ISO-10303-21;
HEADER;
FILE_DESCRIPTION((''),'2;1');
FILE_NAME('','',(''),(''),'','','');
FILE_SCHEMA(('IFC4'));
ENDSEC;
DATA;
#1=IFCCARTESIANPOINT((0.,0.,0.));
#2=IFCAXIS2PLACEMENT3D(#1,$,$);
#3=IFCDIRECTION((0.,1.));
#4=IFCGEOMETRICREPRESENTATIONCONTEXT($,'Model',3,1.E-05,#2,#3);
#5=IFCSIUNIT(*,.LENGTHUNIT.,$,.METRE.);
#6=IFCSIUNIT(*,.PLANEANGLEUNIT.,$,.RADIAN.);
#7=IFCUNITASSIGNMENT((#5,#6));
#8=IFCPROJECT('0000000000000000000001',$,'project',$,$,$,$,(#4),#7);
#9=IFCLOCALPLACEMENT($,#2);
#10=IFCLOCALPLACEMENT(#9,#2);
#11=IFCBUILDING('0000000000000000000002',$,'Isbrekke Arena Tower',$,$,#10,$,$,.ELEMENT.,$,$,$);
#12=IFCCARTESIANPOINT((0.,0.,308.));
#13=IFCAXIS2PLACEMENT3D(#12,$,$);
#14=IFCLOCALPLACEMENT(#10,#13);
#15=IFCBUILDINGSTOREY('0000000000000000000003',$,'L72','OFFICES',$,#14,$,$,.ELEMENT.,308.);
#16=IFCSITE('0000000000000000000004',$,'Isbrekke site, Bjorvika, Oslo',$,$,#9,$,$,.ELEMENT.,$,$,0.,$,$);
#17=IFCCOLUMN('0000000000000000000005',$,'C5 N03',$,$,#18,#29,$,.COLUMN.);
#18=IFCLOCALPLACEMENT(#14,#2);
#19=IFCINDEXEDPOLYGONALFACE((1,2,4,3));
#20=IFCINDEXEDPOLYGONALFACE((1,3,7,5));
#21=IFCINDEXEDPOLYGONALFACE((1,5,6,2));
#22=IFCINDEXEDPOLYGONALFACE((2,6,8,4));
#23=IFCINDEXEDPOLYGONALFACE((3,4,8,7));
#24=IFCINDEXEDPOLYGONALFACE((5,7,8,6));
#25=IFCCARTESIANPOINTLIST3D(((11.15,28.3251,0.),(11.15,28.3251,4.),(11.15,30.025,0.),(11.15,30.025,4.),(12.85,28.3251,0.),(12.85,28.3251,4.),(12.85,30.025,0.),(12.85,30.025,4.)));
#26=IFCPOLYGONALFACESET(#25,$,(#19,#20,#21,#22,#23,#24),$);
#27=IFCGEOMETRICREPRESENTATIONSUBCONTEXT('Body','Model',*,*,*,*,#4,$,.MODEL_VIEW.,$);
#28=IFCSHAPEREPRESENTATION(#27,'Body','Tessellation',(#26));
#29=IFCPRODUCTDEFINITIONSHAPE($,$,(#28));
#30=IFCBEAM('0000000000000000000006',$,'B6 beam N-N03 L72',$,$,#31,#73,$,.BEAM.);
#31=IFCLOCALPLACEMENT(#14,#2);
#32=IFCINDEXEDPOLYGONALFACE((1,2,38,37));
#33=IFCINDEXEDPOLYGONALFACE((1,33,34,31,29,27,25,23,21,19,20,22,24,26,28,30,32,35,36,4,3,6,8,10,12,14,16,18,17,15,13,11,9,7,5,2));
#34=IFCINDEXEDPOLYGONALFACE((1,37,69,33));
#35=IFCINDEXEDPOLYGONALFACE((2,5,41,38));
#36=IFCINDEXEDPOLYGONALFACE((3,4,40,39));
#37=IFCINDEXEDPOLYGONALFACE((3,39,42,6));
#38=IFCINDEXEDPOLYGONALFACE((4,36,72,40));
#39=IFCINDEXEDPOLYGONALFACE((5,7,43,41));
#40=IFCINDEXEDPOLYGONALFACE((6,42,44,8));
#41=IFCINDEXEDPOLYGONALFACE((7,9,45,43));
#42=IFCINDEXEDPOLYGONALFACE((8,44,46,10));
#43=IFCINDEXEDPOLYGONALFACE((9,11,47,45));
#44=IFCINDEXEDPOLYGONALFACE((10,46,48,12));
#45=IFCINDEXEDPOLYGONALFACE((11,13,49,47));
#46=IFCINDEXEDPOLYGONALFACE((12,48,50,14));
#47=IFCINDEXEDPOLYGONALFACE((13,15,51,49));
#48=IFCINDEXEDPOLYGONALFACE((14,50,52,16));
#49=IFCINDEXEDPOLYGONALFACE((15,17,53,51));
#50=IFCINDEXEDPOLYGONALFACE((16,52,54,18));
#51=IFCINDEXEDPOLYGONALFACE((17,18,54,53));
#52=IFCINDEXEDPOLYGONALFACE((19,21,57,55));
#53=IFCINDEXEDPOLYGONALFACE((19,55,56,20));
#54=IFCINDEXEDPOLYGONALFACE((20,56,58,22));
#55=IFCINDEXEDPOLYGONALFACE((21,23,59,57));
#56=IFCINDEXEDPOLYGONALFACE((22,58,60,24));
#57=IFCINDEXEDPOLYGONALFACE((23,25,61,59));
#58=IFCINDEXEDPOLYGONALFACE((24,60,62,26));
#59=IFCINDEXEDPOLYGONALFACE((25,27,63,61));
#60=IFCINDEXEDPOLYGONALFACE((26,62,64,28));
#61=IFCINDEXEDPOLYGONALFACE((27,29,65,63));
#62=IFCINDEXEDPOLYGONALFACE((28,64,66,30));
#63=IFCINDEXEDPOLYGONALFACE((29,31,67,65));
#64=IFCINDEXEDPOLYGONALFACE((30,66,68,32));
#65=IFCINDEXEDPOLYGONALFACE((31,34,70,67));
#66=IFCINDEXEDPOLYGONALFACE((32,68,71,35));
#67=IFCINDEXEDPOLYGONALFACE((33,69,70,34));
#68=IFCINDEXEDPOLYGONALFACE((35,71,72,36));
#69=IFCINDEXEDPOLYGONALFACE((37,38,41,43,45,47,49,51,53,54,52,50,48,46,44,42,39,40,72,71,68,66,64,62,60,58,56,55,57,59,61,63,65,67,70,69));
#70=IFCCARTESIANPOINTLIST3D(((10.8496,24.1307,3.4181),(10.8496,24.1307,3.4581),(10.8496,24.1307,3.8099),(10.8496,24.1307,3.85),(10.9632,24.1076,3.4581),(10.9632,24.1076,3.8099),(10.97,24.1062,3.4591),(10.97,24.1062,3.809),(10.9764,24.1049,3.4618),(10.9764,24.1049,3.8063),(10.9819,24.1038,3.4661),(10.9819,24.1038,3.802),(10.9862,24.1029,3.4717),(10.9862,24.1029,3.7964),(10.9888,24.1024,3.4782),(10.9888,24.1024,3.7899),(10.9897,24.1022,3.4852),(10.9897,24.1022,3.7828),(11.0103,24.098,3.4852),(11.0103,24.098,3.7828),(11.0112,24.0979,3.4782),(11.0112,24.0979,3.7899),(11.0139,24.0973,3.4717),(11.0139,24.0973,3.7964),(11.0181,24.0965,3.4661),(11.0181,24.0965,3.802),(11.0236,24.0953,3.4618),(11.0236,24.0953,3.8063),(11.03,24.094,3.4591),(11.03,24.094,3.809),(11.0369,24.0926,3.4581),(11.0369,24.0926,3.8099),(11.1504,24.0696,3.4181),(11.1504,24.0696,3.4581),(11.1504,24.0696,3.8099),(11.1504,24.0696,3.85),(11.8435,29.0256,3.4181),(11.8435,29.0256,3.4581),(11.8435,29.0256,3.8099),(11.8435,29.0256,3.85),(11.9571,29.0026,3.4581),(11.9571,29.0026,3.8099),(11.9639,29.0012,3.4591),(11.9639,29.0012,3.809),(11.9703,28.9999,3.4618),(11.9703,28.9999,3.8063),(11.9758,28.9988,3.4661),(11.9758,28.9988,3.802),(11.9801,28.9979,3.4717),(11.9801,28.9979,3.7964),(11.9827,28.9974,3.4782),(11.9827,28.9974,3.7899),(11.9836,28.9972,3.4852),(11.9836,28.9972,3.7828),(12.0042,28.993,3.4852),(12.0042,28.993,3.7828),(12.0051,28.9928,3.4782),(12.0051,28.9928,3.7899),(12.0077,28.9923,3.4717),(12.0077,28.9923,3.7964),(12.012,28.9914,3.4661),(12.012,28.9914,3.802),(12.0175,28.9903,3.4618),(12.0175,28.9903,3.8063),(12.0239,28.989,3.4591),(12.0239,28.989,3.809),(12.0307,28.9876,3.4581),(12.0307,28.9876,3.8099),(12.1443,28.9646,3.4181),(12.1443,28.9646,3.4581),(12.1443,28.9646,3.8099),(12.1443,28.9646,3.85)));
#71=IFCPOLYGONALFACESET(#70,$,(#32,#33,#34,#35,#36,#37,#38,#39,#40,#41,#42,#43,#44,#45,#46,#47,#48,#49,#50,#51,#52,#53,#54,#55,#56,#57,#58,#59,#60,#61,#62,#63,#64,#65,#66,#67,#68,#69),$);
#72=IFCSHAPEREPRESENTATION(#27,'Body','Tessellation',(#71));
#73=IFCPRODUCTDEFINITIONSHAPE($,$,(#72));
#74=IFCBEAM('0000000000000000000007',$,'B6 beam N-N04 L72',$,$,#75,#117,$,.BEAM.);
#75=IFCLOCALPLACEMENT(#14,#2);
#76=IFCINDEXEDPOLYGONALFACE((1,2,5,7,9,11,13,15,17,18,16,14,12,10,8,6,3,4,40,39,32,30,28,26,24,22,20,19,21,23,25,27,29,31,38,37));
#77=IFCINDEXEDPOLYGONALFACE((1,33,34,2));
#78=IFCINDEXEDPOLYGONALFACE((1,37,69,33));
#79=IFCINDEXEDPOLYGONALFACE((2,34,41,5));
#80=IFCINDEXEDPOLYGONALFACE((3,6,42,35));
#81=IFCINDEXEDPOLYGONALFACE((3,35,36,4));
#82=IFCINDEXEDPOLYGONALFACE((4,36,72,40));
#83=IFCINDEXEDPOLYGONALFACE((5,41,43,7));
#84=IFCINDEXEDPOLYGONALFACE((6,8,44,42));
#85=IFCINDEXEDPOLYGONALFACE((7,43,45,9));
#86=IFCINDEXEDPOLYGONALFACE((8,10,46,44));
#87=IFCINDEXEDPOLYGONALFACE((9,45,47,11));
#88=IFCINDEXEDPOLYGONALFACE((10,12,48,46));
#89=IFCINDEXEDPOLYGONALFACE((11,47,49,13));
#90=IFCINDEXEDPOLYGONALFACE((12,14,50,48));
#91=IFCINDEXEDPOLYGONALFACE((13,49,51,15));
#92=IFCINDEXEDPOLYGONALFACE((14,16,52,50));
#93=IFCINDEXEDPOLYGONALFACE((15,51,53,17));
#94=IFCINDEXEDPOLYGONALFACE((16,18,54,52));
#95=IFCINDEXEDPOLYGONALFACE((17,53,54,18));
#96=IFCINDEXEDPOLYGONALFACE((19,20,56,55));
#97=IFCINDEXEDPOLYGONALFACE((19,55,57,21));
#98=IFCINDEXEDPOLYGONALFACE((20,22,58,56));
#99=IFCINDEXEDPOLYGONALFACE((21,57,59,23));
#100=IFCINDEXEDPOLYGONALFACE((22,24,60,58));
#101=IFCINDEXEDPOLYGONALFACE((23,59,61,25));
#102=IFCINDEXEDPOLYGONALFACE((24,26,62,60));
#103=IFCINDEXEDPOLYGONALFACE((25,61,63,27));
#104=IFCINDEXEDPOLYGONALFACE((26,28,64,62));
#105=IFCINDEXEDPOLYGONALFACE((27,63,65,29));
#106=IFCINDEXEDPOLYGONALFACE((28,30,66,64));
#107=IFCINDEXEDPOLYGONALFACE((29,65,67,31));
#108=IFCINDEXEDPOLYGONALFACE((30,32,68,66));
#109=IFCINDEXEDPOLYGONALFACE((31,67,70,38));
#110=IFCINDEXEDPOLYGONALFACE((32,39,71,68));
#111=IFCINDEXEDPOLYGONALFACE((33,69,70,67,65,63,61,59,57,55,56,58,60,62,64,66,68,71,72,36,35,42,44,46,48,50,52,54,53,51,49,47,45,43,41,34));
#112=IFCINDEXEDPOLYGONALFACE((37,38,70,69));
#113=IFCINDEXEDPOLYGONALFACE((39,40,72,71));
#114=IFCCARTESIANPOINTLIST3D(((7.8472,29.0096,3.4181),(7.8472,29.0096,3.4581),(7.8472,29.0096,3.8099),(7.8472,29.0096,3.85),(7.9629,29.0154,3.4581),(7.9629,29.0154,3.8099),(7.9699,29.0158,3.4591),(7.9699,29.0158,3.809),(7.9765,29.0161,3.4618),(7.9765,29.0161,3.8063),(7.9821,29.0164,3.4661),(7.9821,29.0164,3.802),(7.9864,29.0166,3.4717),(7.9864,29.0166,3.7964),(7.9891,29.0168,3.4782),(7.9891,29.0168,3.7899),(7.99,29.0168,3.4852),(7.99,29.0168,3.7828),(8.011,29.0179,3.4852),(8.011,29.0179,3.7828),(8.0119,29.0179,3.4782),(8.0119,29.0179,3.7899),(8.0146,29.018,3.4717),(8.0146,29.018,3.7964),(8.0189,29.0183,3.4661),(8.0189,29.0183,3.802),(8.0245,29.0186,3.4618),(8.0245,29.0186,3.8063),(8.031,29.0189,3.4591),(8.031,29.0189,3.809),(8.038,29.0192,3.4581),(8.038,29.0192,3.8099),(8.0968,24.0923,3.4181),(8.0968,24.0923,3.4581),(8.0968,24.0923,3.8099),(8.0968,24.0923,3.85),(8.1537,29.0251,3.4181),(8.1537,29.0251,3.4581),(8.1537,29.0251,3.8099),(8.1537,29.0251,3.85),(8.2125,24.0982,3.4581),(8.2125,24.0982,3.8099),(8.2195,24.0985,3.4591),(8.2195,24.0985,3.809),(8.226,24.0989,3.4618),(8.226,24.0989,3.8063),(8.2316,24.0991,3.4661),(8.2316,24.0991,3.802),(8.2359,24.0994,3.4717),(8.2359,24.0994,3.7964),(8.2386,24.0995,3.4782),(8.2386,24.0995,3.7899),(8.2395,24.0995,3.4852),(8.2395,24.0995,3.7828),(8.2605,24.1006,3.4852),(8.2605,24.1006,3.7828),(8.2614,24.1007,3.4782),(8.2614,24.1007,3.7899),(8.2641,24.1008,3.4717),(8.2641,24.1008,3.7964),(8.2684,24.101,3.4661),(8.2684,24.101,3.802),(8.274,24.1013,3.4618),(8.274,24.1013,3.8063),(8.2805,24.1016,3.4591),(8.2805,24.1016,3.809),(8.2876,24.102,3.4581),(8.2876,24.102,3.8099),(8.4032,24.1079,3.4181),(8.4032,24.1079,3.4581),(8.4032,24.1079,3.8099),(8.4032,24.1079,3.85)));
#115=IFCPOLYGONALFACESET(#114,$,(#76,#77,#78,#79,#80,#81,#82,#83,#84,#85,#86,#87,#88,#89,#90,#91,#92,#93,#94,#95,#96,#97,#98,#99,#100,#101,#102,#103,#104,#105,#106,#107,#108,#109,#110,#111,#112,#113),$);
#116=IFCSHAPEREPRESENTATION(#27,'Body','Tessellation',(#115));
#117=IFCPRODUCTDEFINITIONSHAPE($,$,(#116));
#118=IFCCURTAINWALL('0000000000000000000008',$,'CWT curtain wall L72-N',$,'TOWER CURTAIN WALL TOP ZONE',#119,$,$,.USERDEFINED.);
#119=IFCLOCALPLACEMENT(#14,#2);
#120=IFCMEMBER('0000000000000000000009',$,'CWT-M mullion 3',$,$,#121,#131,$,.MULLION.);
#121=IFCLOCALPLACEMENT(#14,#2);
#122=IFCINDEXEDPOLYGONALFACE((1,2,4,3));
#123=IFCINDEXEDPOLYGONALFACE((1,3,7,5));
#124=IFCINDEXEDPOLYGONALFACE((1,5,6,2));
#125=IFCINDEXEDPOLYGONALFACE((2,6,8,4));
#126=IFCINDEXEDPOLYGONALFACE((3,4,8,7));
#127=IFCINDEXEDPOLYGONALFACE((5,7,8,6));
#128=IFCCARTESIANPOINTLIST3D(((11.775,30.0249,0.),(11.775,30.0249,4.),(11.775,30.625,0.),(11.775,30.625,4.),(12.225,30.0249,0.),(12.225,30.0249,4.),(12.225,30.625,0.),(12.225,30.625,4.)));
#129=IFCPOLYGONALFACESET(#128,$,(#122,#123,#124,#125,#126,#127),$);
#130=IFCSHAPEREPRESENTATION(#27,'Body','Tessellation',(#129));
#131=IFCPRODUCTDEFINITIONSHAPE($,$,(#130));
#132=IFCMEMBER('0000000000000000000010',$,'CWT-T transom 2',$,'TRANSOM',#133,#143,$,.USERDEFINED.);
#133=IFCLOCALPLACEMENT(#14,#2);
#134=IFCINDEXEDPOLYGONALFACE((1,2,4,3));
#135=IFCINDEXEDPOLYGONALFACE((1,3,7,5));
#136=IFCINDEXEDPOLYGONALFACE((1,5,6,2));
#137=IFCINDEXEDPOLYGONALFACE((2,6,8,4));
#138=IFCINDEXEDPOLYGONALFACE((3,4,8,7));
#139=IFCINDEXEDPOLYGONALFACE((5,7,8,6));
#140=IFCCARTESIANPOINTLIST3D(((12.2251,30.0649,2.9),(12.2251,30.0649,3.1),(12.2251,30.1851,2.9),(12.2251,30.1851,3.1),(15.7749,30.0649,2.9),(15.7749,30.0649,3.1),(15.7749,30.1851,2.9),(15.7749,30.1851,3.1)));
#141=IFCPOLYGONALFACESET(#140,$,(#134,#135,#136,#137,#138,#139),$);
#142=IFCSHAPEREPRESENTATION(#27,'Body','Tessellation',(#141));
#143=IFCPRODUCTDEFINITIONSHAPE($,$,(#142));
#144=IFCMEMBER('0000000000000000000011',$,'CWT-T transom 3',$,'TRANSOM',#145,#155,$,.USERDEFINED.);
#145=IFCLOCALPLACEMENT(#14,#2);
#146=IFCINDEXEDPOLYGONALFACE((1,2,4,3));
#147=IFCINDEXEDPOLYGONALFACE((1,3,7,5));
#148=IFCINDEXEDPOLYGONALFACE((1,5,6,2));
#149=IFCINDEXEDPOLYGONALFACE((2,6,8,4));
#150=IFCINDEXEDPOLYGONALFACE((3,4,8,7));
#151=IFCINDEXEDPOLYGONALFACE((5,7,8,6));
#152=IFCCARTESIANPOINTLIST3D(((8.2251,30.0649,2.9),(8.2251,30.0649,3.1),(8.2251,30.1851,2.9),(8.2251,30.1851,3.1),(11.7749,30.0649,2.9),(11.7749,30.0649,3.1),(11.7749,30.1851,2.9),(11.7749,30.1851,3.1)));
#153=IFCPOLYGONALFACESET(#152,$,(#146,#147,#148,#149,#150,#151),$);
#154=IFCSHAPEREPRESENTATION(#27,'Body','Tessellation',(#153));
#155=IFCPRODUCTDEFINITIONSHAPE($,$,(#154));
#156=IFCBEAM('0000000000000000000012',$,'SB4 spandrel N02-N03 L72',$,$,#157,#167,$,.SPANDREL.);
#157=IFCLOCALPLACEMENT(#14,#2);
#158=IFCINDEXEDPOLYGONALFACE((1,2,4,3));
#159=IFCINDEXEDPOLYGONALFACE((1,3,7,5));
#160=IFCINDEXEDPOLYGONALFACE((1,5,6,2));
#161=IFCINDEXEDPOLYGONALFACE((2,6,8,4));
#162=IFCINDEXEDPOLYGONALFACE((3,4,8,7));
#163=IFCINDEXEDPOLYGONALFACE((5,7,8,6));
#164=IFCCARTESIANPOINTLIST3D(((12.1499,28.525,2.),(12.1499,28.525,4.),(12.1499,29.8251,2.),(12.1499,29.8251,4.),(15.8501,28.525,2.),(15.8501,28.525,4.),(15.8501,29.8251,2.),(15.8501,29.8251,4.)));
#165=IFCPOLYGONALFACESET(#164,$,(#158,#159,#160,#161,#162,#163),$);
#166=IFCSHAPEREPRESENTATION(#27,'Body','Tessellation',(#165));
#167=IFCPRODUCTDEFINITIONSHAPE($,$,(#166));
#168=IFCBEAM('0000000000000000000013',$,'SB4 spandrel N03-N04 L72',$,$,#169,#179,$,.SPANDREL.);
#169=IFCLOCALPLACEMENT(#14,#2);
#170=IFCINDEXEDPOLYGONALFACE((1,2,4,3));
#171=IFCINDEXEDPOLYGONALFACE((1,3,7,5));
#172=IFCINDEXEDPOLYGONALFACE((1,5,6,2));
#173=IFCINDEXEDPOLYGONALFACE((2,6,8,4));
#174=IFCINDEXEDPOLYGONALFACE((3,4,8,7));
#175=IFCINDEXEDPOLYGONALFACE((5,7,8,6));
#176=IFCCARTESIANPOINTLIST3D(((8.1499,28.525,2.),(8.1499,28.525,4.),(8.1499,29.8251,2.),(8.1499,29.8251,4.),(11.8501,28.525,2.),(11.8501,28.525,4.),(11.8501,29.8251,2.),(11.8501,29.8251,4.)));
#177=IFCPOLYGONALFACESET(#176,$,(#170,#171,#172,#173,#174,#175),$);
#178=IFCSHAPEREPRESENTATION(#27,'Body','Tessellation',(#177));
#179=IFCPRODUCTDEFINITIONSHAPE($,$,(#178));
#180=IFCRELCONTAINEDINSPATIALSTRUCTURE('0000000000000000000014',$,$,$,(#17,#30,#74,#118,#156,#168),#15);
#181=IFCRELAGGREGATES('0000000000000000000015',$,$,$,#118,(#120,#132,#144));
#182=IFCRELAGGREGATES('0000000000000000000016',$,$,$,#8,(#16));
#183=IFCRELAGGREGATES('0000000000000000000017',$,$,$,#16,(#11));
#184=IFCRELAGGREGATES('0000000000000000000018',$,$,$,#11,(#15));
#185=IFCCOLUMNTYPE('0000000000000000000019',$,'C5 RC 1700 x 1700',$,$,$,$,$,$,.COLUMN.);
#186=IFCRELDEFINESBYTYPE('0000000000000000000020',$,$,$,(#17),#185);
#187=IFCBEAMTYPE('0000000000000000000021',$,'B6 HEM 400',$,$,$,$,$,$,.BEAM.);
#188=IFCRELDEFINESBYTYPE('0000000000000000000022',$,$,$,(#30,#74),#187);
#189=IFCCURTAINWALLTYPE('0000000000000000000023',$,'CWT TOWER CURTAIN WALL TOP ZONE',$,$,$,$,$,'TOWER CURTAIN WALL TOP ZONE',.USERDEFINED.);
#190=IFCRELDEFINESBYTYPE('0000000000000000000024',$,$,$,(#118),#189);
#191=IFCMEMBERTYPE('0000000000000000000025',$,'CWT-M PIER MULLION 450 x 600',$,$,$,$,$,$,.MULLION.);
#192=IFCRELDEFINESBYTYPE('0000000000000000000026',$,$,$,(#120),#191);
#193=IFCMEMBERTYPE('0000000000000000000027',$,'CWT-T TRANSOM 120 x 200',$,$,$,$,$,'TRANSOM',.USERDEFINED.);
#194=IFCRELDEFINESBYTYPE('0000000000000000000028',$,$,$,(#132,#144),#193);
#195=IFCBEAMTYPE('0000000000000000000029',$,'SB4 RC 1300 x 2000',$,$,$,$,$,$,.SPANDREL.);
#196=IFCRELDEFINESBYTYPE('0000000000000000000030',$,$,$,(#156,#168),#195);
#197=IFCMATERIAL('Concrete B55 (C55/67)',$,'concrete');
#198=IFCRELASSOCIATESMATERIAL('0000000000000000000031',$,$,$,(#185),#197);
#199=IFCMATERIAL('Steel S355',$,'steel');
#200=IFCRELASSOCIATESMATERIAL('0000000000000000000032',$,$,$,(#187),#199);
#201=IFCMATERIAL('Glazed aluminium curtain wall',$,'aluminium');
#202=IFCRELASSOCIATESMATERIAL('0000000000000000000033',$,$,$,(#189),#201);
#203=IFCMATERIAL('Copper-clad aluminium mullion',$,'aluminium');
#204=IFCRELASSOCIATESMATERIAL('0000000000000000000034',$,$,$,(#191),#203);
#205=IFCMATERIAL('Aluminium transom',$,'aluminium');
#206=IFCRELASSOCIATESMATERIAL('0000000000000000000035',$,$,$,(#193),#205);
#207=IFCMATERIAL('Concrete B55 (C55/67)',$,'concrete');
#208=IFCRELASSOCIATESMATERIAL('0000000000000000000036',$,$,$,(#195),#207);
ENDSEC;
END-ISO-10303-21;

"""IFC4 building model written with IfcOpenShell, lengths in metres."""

from ifc_helpers import new_model, si_unit, direction, frame, origin, origin_2d, place, context, subcontext, project, spatial, rectangle, i_section, extrude, material, material_profile, profile_set, type_object, element, aggregate, save


model = new_model("IFC4")

# Units and contexts
model_context = context("Model", 3, precision=1e-05, world=origin(), true_north=direction((0.0, 1.0)))
body_context = subcontext(model_context, "Body", "Model", "MODEL_VIEW")
ifc_project = project(units=[si_unit("LENGTHUNIT", "METRE"), si_unit("PLANEANGLEUNIT", "RADIAN")], contexts=[model_context])

# Site, building, storey
site_placement = place(None, origin())
site = spatial("IfcSite", under=ifc_project, at=site_placement, Name="Isbrekke site, Bjorvika, Oslo", CompositionType="ELEMENT", RefElevation=0.0)
building_placement = place(site_placement, origin())
building = spatial("IfcBuilding", under=site, at=building_placement, Name="Isbrekke Arena Tower", CompositionType="ELEMENT")
storey_placement = place(building_placement, frame((0.0, 0.0, 308.0)))
storey = spatial("IfcBuildingStorey", under=building, at=storey_placement, Name="L72", Description="OFFICES", CompositionType="ELEMENT", Elevation=308.0)

# Column
ifc_material_1 = material(Name="Concrete B55 (C55/67)", Category="concrete")
ifc_material_profile_1 = material_profile(ifc_material_1, rectangle(XDim=1.7, YDim=1.7, at=origin_2d()), Name="RC 1700x1700")
ifc_profile_set_1 = profile_set([ifc_material_profile_1], Name="Concrete B55 (C55/67)")
column_type = type_object("IfcColumnType", Name="C5 RC 1700 x 1700", PredefinedType="COLUMN", material=ifc_profile_set_1)
column_placement = place(storey_placement, frame((12.0, 29.175, 0.0), z_axis=(0.0, 0.0, 1.0), x_axis=(-1.0, 0.0, 0.0)))
element("IfcColumn", 1, at=column_placement, inside=storey, type_object=column_type, Name="C5 N03", PredefinedType="COLUMN", context=body_context, shape_type="SweptSolid", body=[
    extrude(rectangle(XDim=1.7, YDim=1.7, at=origin_2d()), origin(), (0.0, 0.0, 1.0), 4.0),
])

# Beams
ifc_material_2 = material(Name="Steel S355", Category="steel")
ifc_material_profile_2 = material_profile(ifc_material_2, i_section(OverallWidth=0.3069, OverallDepth=0.4319, WebThickness=0.021, FlangeThickness=0.04, FilletRadius=0.0271, at=origin_2d()), Name="HEM 400")
ifc_profile_set_2 = profile_set([ifc_material_profile_2], Name="Steel S355")
beam_type_1 = type_object("IfcBeamType", Name="B6 HEM 400", PredefinedType="BEAM", material=ifc_profile_set_2)
beam_1_placement = place(storey_placement, frame((11.9939, 28.9951, 3.634), z_axis=(-0.198982, -0.980003, 0.0), x_axis=(0.980003, -0.198982, 0.0)))
element("IfcBeam", 2, at=beam_1_placement, inside=storey, type_object=beam_type_1, Name="B6 beam N-N03 L72", PredefinedType="BEAM", context=body_context, shape_type="SweptSolid", body=[
    extrude(i_section(OverallWidth=0.3069, OverallDepth=0.4319, WebThickness=0.021, FlangeThickness=0.04, FilletRadius=0.0271, at=origin_2d()), origin(), (0.0, 0.0, 1.0), 4.9949),
])
beam_2_placement = place(storey_placement, frame((8.0005, 29.0173, 3.634), z_axis=(0.050677, -0.998715, 0.0), x_axis=(0.998715, 0.050677, 0.0)))
element("IfcBeam", 3, at=beam_2_placement, inside=storey, type_object=beam_type_1, Name="B6 beam N-N04 L72", PredefinedType="BEAM", context=body_context, shape_type="SweptSolid", body=[
    extrude(i_section(OverallWidth=0.3069, OverallDepth=0.4319, WebThickness=0.021, FlangeThickness=0.04, FilletRadius=0.0271, at=origin_2d()), origin(), (0.0, 0.0, 1.0), 4.9236),
])

# Curtain wall, members
ifc_material_3 = material(Name="Glazed aluminium curtain wall", Category="aluminium")
curtain_wall_type = type_object("IfcCurtainWallType", Name="CWT TOWER CURTAIN WALL TOP ZONE", ElementType="TOWER CURTAIN WALL TOP ZONE", PredefinedType="USERDEFINED", material=ifc_material_3)
curtain_wall_placement = place(storey_placement, origin())
curtain_wall = element("IfcCurtainWall", 4, at=curtain_wall_placement, inside=storey, type_object=curtain_wall_type, Name="CWT curtain wall L72-N", ObjectType="TOWER CURTAIN WALL TOP ZONE", PredefinedType="USERDEFINED")
ifc_material_4 = material(Name="Copper-clad aluminium mullion", Category="aluminium")
ifc_material_profile_3 = material_profile(ifc_material_4, rectangle(XDim=0.45, YDim=0.6001, at=origin_2d()), Name="PIER 450X600")
ifc_profile_set_3 = profile_set([ifc_material_profile_3], Name="Copper-clad aluminium mullion")
member_type_1 = type_object("IfcMemberType", Name="CWT-M PIER MULLION 450 x 600", PredefinedType="MULLION", material=ifc_profile_set_3)
member_1_placement = place(storey_placement, frame((12.0, 30.325, 0.0), z_axis=(0.0, 0.0, 1.0), x_axis=(-1.0, 0.0, 0.0)))
member_1 = element("IfcMember", 5, at=member_1_placement, type_object=member_type_1, Name="CWT-M mullion 3", PredefinedType="MULLION", context=body_context, shape_type="SweptSolid", body=[
    extrude(rectangle(XDim=0.45, YDim=0.6001, at=origin_2d()), origin(), (0.0, 0.0, 1.0), 4.0),
])
ifc_material_5 = material(Name="Aluminium transom", Category="aluminium")
ifc_material_profile_4 = material_profile(ifc_material_5, rectangle(XDim=0.1201, YDim=0.2, at=origin_2d()), Name="TRANSOM 120X200")
ifc_profile_set_4 = profile_set([ifc_material_profile_4], Name="Aluminium transom")
member_type_2 = type_object("IfcMemberType", Name="CWT-T TRANSOM 120 x 200", ElementType="TRANSOM", PredefinedType="USERDEFINED", material=ifc_profile_set_4)
member_2_placement = place(storey_placement, frame((15.7749, 30.125, 3.0), z_axis=(-1.0, 0.0, 0.0), x_axis=(0.0, -1.0, 0.0)))
member_2 = element("IfcMember", 6, at=member_2_placement, type_object=member_type_2, Name="CWT-T transom 2", ObjectType="TRANSOM", PredefinedType="USERDEFINED", context=body_context, shape_type="SweptSolid", body=[
    extrude(rectangle(XDim=0.1201, YDim=0.2, at=origin_2d()), origin(), (0.0, 0.0, 1.0), 3.5498),
])
member_3_placement = place(storey_placement, frame((11.7749, 30.125, 3.0), z_axis=(-1.0, 0.0, 0.0), x_axis=(0.0, -1.0, 0.0)))
member_3 = element("IfcMember", 7, at=member_3_placement, type_object=member_type_2, Name="CWT-T transom 3", ObjectType="TRANSOM", PredefinedType="USERDEFINED", context=body_context, shape_type="SweptSolid", body=[
    extrude(rectangle(XDim=0.1201, YDim=0.2, at=origin_2d()), origin(), (0.0, 0.0, 1.0), 3.5498),
])

# Beams
ifc_material_6 = material(Name="Concrete B55 (C55/67)", Category="concrete")
ifc_material_profile_5 = material_profile(ifc_material_6, rectangle(XDim=1.3, YDim=2.0, at=origin_2d()), Name="RC 1300x2000")
ifc_profile_set_5 = profile_set([ifc_material_profile_5], Name="Concrete B55 (C55/67)")
beam_type_2 = type_object("IfcBeamType", Name="SB4 RC 1300 x 2000", PredefinedType="SPANDREL", material=ifc_profile_set_5)
for number, where, z_axis, x_axis, name in (
    (8, (15.8501, 29.175, 3.0), (-1.0, 0.0, 0.0), (0.0, -1.0, 0.0), "SB4 spandrel N02-N03 L72"),
    (9, (11.8501, 29.175, 3.0), (-1.0, 0.0, 0.0), (0.0, -1.0, 0.0), "SB4 spandrel N03-N04 L72"),
):
    element("IfcBeam", number, at=place(storey_placement, frame(where, z_axis=z_axis, x_axis=x_axis)), inside=storey, type_object=beam_type_2, Name=name, PredefinedType="SPANDREL", context=body_context, shape_type="SweptSolid", body=[
        extrude(rectangle(XDim=1.3, YDim=2.0, at=origin_2d()), origin(), (0.0, 0.0, 1.0), 3.7002),
    ])

aggregate(curtain_wall, [member_1, member_2, member_3])

save(model, "model.ifc")
